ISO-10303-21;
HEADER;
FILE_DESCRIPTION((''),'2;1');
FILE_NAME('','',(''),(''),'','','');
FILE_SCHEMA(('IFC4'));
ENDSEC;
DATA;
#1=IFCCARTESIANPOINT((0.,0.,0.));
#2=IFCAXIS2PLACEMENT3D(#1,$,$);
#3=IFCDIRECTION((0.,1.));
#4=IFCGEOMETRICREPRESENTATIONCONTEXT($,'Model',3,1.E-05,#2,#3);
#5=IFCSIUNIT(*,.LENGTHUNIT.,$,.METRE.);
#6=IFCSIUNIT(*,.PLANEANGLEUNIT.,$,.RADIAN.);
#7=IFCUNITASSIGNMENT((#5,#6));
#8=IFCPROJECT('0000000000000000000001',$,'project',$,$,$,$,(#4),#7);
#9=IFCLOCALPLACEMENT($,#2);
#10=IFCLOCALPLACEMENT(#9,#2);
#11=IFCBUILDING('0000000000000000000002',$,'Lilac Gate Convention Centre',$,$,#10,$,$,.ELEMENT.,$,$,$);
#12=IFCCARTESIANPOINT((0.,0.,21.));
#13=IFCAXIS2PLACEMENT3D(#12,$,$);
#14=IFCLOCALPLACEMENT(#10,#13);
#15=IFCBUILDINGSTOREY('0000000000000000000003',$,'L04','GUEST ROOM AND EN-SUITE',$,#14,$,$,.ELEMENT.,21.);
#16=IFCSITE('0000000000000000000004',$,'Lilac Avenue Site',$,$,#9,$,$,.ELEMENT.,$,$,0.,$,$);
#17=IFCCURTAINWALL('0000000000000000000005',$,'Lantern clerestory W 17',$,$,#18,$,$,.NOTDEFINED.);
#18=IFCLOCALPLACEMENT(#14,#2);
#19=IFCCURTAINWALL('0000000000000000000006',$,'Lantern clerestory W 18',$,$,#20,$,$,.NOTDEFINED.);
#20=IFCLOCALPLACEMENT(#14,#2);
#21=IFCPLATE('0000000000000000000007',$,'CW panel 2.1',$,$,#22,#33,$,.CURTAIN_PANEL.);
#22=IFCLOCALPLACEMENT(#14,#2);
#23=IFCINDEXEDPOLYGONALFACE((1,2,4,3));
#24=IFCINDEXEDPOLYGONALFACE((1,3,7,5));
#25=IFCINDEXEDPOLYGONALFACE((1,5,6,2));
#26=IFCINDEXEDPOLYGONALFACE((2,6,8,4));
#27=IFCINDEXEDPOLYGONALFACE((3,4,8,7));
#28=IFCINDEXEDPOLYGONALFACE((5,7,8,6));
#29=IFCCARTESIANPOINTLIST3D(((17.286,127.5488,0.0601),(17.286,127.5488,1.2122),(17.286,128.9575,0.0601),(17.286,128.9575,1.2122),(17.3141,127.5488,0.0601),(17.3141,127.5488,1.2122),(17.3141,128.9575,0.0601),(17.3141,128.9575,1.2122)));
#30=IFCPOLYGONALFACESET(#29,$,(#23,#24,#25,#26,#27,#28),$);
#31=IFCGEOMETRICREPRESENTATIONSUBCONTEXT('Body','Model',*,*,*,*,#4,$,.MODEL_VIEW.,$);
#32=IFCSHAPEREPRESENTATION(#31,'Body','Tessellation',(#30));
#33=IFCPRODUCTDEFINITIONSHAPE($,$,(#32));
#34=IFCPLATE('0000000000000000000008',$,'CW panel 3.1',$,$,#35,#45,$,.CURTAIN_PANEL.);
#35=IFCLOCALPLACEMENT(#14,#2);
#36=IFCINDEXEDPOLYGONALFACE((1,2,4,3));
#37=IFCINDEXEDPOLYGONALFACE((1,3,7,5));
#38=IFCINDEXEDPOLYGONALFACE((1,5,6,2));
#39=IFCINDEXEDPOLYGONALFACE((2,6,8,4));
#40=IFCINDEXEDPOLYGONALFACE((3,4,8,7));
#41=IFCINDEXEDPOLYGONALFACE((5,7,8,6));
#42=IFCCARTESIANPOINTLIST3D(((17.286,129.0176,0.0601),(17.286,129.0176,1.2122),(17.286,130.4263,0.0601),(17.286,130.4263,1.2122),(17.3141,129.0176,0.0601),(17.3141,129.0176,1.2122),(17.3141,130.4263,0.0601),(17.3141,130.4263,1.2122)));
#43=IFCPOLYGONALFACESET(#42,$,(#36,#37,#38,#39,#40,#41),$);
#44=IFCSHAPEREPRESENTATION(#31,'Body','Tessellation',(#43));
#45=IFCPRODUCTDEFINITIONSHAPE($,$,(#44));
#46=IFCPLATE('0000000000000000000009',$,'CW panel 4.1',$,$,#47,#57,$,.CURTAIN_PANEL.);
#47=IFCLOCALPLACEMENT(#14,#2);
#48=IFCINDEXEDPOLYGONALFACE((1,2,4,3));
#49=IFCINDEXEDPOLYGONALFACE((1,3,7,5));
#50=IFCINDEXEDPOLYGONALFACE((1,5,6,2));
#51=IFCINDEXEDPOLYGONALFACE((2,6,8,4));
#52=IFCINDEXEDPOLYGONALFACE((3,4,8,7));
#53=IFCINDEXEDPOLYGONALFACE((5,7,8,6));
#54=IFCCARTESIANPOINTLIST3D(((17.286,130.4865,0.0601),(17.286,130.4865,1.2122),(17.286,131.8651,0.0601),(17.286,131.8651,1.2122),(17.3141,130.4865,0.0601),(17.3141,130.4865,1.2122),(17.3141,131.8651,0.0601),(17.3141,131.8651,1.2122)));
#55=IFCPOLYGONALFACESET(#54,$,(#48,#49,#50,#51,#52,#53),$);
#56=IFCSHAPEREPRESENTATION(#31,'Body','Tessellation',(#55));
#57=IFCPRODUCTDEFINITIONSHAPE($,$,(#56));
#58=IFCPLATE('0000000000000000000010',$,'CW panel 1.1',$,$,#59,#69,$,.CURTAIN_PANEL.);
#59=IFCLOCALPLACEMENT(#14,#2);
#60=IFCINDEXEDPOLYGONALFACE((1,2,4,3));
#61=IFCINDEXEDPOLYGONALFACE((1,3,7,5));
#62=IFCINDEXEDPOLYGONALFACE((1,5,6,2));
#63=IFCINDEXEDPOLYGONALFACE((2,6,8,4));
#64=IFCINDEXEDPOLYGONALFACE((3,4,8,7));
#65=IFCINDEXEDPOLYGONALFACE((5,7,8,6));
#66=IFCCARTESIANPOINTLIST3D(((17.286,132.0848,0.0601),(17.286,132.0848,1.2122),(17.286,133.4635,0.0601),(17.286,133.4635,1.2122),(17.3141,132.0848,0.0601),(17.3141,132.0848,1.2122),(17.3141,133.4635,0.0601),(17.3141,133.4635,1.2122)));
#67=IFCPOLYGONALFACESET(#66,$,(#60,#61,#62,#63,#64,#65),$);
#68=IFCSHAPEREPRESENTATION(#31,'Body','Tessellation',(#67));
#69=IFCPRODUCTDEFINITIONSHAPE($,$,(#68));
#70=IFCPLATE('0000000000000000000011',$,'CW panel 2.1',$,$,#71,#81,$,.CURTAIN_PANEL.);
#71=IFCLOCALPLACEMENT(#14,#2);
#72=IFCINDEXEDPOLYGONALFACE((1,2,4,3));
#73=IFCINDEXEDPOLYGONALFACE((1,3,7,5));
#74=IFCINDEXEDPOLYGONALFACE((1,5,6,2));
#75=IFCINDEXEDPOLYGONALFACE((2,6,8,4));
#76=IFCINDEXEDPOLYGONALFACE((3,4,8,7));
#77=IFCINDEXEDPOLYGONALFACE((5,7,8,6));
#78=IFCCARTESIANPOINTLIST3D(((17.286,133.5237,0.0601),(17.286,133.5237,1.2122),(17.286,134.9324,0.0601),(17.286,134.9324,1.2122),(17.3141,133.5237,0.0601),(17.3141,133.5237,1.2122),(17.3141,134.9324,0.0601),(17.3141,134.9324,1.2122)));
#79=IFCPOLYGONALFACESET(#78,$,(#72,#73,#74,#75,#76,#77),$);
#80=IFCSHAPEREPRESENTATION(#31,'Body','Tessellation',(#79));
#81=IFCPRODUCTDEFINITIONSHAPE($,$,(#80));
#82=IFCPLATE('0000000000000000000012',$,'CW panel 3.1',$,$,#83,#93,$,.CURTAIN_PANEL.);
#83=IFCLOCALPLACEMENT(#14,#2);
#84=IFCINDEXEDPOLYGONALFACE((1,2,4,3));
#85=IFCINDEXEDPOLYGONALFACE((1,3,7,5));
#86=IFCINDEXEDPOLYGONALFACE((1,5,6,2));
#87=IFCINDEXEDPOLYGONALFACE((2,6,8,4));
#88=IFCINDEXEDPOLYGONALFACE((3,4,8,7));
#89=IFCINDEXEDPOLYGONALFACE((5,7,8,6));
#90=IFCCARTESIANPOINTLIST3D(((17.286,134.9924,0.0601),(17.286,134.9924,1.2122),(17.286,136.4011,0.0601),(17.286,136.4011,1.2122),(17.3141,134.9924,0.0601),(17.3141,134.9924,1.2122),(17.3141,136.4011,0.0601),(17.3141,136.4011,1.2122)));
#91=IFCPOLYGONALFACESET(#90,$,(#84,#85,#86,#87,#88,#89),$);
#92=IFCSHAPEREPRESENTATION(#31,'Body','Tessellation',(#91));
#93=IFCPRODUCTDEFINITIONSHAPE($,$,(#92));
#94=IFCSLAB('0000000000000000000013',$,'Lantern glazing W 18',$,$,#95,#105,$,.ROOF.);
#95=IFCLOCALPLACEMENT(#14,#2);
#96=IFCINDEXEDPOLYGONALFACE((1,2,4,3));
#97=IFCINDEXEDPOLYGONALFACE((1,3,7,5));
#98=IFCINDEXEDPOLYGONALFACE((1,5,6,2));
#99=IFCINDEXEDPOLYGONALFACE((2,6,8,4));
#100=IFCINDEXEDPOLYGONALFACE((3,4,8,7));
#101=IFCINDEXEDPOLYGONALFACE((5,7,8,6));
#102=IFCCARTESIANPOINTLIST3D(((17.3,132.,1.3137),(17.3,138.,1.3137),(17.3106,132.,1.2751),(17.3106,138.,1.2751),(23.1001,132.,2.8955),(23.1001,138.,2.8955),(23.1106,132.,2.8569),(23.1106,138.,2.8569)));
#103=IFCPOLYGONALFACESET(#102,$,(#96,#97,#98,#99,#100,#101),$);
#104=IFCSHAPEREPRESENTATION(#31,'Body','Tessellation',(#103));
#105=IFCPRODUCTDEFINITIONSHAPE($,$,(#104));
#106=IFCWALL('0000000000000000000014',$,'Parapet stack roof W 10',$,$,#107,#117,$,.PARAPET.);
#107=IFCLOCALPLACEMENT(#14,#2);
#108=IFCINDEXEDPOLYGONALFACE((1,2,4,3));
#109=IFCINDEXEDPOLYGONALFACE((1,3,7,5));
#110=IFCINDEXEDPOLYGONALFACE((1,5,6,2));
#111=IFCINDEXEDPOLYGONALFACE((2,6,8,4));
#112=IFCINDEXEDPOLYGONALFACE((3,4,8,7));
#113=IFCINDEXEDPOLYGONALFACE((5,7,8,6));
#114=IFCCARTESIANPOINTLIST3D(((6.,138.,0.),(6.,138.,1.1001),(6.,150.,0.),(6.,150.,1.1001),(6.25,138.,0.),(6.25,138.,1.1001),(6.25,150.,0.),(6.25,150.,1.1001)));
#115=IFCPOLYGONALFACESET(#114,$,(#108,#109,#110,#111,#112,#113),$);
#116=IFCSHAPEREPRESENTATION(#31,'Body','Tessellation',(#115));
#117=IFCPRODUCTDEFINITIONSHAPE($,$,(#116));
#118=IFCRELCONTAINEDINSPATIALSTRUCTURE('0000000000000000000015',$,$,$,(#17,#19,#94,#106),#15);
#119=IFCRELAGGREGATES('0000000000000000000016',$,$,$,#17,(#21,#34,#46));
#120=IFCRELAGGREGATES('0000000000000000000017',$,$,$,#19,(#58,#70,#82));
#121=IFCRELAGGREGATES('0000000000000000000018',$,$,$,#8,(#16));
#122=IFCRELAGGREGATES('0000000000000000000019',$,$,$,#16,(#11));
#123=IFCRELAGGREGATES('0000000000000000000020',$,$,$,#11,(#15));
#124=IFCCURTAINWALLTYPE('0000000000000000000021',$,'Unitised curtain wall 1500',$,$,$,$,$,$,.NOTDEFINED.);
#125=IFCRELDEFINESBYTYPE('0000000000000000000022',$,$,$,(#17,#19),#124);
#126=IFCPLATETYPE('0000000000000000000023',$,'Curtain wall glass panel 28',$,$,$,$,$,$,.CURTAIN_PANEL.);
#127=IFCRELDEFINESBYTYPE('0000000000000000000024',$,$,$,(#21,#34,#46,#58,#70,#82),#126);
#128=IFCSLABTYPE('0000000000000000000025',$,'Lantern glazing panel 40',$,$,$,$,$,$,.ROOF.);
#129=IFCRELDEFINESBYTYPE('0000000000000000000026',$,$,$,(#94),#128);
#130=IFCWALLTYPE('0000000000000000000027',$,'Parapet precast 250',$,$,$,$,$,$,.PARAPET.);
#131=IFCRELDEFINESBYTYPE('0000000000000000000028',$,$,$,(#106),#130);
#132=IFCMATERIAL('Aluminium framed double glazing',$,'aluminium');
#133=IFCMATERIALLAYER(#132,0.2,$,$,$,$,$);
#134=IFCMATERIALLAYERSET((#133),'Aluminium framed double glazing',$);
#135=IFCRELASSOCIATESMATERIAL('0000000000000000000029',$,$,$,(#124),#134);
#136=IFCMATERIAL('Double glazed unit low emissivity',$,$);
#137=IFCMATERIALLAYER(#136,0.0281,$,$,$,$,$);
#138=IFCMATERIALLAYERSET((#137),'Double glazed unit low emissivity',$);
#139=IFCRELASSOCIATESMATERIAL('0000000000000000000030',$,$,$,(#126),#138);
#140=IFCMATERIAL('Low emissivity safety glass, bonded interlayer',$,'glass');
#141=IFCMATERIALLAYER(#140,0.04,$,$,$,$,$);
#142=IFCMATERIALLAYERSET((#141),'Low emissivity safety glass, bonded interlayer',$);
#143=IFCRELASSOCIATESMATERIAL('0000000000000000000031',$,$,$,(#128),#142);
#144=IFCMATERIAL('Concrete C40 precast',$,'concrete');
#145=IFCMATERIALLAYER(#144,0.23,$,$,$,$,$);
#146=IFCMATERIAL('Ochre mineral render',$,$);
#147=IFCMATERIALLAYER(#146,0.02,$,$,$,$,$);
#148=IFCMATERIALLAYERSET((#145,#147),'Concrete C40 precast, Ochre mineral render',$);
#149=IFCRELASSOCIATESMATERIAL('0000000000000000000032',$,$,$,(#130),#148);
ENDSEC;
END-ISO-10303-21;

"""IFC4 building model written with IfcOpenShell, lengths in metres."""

from ifc_helpers import new_model, si_unit, direction, frame, frame_2d, origin, origin_2d, place, context, subcontext, project, spatial, polyline, rectangle, outline, extrude, material, layer, layer_set, type_object, element, aggregate, save


model = new_model("IFC4")

# Units and contexts
model_context = context("Model", 3, precision=1e-05, world=origin(), true_north=direction((0.0, 1.0)))
body_context = subcontext(model_context, "Body", "Model", "MODEL_VIEW")
ifc_project = project(units=[si_unit("LENGTHUNIT", "METRE"), si_unit("PLANEANGLEUNIT", "RADIAN")], contexts=[model_context])

# Site, building, storey
site_placement = place(None, origin())
site = spatial("IfcSite", under=ifc_project, at=site_placement, Name="Lilac Avenue Site", CompositionType="ELEMENT", RefElevation=0.0)
building_placement = place(site_placement, origin())
building = spatial("IfcBuilding", under=site, at=building_placement, Name="Lilac Gate Convention Centre", CompositionType="ELEMENT")
storey_placement = place(building_placement, frame((0.0, 0.0, 21.0)))
storey = spatial("IfcBuildingStorey", under=building, at=storey_placement, Name="L04", Description="GUEST ROOM AND EN-SUITE", CompositionType="ELEMENT", Elevation=21.0)

# Curtain walls
ifc_material_1 = material(Name="Aluminium framed double glazing", Category="aluminium")
ifc_layer_1 = layer(ifc_material_1, 0.2)
ifc_layer_set_1 = layer_set([ifc_layer_1], Name="Aluminium framed double glazing")
curtain_wall_type = type_object("IfcCurtainWallType", Name="Unitised curtain wall 1500", PredefinedType="NOTDEFINED", material=ifc_layer_set_1)
curtain_wall_1_placement = place(storey_placement, origin())
curtain_wall_1 = element("IfcCurtainWall", 1, at=curtain_wall_1_placement, inside=storey, type_object=curtain_wall_type, Name="Lantern clerestory W 17", PredefinedType="NOTDEFINED")
curtain_wall_2_placement = place(storey_placement, origin())
curtain_wall_2 = element("IfcCurtainWall", 2, at=curtain_wall_2_placement, inside=storey, type_object=curtain_wall_type, Name="Lantern clerestory W 18", PredefinedType="NOTDEFINED")

# Plates
ifc_material_2 = material(Name="Double glazed unit low emissivity")
ifc_layer_2 = layer(ifc_material_2, 0.0281)
ifc_layer_set_2 = layer_set([ifc_layer_2], Name="Double glazed unit low emissivity")
plate_type = type_object("IfcPlateType", Name="Curtain wall glass panel 28", PredefinedType="CURTAIN_PANEL", material=ifc_layer_set_2)
plate_1_placement = place(storey_placement, frame((17.3, 128.2532, 0.0601), z_axis=(0.0, 0.0, 1.0), x_axis=(0.0, 1.0, 0.0)))
plate_1 = element("IfcPlate", 3, at=plate_1_placement, type_object=plate_type, Name="CW panel 2.1", PredefinedType="CURTAIN_PANEL", context=body_context, shape_type="SweptSolid", body=[
    extrude(rectangle(XDim=1.4087, YDim=0.0281, at=origin_2d()), origin(), (0.0, 0.0, 1.0), 1.1521),
])
plate_2_placement = place(storey_placement, frame((17.3, 129.7219, 0.0601), z_axis=(0.0, 0.0, 1.0), x_axis=(0.0, 1.0, 0.0)))
plate_2 = element("IfcPlate", 4, at=plate_2_placement, type_object=plate_type, Name="CW panel 3.1", PredefinedType="CURTAIN_PANEL", context=body_context, shape_type="SweptSolid", body=[
    extrude(rectangle(XDim=1.4087, YDim=0.0281, at=origin_2d()), origin(), (0.0, 0.0, 1.0), 1.1521),
])
plate_3_placement = place(storey_placement, frame((17.3, 131.1758, 0.0601), z_axis=(0.0, 0.0, 1.0), x_axis=(0.0, 1.0, 0.0)))
plate_3 = element("IfcPlate", 5, at=plate_3_placement, type_object=plate_type, Name="CW panel 4.1", PredefinedType="CURTAIN_PANEL", context=body_context, shape_type="SweptSolid", body=[
    extrude(rectangle(XDim=1.3787, YDim=0.0281, at=origin_2d()), origin(), (0.0, 0.0, 1.0), 1.1521),
])
aggregate(curtain_wall_1, [plate_1, plate_2, plate_3])
plate_4_placement = place(storey_placement, frame((17.3, 132.7742, 0.0601), z_axis=(0.0, 0.0, 1.0), x_axis=(0.0, 1.0, 0.0)))
plate_4 = element("IfcPlate", 6, at=plate_4_placement, type_object=plate_type, Name="CW panel 1.1", PredefinedType="CURTAIN_PANEL", context=body_context, shape_type="SweptSolid", body=[
    extrude(rectangle(XDim=1.3787, YDim=0.0281, at=origin_2d()), origin(), (0.0, 0.0, 1.0), 1.1521),
])
plate_5_placement = place(storey_placement, frame((17.3, 134.228, 0.0601), z_axis=(0.0, 0.0, 1.0), x_axis=(0.0, 1.0, 0.0)))
plate_5 = element("IfcPlate", 7, at=plate_5_placement, type_object=plate_type, Name="CW panel 2.1", PredefinedType="CURTAIN_PANEL", context=body_context, shape_type="SweptSolid", body=[
    extrude(rectangle(XDim=1.4087, YDim=0.0281, at=origin_2d()), origin(), (0.0, 0.0, 1.0), 1.1521),
])
plate_6_placement = place(storey_placement, frame((17.3, 135.6968, 0.0601), z_axis=(0.0, 0.0, 1.0), x_axis=(0.0, 1.0, 0.0)))
plate_6 = element("IfcPlate", 8, at=plate_6_placement, type_object=plate_type, Name="CW panel 3.1", PredefinedType="CURTAIN_PANEL", context=body_context, shape_type="SweptSolid", body=[
    extrude(rectangle(XDim=1.4087, YDim=0.0281, at=origin_2d()), origin(), (0.0, 0.0, 1.0), 1.1521),
])
aggregate(curtain_wall_2, [plate_4, plate_5, plate_6])

# Slab
ifc_material_3 = material(Name="Low emissivity safety glass, bonded interlayer", Category="glass")
ifc_layer_3 = layer(ifc_material_3, 0.04)
ifc_layer_set_3 = layer_set([ifc_layer_3], Name="Low emissivity safety glass, bonded interlayer")
slab_type = type_object("IfcSlabType", Name="Lantern glazing panel 40", PredefinedType="ROOF", material=ifc_layer_set_3)
slab_placement = place(storey_placement, frame((17.3, 132.0, 1.3137), z_axis=(-0.263111, 0.0, 0.964766), x_axis=(0.964766, 0.0, 0.263111)))
element("IfcSlab", 9, at=slab_placement, inside=storey, type_object=slab_type, Name="Lantern glazing W 18", PredefinedType="ROOF", context=body_context, shape_type="SweptSolid", body=[
    extrude(outline(polyline([(0.0, 0.0), (6.0119, 0.0), (6.0119, 6.0), (0.0, 6.0), (0.0, 0.0)])), origin(), (0.0, 0.0, -1.0), 0.04),
])

# Wall
ifc_material_4 = material(Name="Concrete C40 precast", Category="concrete")
ifc_layer_4 = layer(ifc_material_4, 0.23)
ifc_material_5 = material(Name="Ochre mineral render")
ifc_layer_5 = layer(ifc_material_5, 0.02)
ifc_layer_set_4 = layer_set([ifc_layer_4, ifc_layer_5], Name="Concrete C40 precast, Ochre mineral render")
wall_type = type_object("IfcWallType", Name="Parapet precast 250", PredefinedType="PARAPET", material=ifc_layer_set_4)
wall_placement = place(storey_placement, frame((6.125, 138.0, 0.0), z_axis=(0.0, 0.0, 1.0), x_axis=(0.0, 1.0, 0.0)))
element("IfcWall", 10, at=wall_placement, inside=storey, type_object=wall_type, Name="Parapet stack roof W 10", PredefinedType="PARAPET", context=body_context, shape_type="SweptSolid", body=[
    extrude(rectangle(XDim=12.0, YDim=0.25, at=frame_2d((6.0, 0.0))), origin(), (0.0, 0.0, 1.0), 1.1001),
])

save(model, "model.ifc")
